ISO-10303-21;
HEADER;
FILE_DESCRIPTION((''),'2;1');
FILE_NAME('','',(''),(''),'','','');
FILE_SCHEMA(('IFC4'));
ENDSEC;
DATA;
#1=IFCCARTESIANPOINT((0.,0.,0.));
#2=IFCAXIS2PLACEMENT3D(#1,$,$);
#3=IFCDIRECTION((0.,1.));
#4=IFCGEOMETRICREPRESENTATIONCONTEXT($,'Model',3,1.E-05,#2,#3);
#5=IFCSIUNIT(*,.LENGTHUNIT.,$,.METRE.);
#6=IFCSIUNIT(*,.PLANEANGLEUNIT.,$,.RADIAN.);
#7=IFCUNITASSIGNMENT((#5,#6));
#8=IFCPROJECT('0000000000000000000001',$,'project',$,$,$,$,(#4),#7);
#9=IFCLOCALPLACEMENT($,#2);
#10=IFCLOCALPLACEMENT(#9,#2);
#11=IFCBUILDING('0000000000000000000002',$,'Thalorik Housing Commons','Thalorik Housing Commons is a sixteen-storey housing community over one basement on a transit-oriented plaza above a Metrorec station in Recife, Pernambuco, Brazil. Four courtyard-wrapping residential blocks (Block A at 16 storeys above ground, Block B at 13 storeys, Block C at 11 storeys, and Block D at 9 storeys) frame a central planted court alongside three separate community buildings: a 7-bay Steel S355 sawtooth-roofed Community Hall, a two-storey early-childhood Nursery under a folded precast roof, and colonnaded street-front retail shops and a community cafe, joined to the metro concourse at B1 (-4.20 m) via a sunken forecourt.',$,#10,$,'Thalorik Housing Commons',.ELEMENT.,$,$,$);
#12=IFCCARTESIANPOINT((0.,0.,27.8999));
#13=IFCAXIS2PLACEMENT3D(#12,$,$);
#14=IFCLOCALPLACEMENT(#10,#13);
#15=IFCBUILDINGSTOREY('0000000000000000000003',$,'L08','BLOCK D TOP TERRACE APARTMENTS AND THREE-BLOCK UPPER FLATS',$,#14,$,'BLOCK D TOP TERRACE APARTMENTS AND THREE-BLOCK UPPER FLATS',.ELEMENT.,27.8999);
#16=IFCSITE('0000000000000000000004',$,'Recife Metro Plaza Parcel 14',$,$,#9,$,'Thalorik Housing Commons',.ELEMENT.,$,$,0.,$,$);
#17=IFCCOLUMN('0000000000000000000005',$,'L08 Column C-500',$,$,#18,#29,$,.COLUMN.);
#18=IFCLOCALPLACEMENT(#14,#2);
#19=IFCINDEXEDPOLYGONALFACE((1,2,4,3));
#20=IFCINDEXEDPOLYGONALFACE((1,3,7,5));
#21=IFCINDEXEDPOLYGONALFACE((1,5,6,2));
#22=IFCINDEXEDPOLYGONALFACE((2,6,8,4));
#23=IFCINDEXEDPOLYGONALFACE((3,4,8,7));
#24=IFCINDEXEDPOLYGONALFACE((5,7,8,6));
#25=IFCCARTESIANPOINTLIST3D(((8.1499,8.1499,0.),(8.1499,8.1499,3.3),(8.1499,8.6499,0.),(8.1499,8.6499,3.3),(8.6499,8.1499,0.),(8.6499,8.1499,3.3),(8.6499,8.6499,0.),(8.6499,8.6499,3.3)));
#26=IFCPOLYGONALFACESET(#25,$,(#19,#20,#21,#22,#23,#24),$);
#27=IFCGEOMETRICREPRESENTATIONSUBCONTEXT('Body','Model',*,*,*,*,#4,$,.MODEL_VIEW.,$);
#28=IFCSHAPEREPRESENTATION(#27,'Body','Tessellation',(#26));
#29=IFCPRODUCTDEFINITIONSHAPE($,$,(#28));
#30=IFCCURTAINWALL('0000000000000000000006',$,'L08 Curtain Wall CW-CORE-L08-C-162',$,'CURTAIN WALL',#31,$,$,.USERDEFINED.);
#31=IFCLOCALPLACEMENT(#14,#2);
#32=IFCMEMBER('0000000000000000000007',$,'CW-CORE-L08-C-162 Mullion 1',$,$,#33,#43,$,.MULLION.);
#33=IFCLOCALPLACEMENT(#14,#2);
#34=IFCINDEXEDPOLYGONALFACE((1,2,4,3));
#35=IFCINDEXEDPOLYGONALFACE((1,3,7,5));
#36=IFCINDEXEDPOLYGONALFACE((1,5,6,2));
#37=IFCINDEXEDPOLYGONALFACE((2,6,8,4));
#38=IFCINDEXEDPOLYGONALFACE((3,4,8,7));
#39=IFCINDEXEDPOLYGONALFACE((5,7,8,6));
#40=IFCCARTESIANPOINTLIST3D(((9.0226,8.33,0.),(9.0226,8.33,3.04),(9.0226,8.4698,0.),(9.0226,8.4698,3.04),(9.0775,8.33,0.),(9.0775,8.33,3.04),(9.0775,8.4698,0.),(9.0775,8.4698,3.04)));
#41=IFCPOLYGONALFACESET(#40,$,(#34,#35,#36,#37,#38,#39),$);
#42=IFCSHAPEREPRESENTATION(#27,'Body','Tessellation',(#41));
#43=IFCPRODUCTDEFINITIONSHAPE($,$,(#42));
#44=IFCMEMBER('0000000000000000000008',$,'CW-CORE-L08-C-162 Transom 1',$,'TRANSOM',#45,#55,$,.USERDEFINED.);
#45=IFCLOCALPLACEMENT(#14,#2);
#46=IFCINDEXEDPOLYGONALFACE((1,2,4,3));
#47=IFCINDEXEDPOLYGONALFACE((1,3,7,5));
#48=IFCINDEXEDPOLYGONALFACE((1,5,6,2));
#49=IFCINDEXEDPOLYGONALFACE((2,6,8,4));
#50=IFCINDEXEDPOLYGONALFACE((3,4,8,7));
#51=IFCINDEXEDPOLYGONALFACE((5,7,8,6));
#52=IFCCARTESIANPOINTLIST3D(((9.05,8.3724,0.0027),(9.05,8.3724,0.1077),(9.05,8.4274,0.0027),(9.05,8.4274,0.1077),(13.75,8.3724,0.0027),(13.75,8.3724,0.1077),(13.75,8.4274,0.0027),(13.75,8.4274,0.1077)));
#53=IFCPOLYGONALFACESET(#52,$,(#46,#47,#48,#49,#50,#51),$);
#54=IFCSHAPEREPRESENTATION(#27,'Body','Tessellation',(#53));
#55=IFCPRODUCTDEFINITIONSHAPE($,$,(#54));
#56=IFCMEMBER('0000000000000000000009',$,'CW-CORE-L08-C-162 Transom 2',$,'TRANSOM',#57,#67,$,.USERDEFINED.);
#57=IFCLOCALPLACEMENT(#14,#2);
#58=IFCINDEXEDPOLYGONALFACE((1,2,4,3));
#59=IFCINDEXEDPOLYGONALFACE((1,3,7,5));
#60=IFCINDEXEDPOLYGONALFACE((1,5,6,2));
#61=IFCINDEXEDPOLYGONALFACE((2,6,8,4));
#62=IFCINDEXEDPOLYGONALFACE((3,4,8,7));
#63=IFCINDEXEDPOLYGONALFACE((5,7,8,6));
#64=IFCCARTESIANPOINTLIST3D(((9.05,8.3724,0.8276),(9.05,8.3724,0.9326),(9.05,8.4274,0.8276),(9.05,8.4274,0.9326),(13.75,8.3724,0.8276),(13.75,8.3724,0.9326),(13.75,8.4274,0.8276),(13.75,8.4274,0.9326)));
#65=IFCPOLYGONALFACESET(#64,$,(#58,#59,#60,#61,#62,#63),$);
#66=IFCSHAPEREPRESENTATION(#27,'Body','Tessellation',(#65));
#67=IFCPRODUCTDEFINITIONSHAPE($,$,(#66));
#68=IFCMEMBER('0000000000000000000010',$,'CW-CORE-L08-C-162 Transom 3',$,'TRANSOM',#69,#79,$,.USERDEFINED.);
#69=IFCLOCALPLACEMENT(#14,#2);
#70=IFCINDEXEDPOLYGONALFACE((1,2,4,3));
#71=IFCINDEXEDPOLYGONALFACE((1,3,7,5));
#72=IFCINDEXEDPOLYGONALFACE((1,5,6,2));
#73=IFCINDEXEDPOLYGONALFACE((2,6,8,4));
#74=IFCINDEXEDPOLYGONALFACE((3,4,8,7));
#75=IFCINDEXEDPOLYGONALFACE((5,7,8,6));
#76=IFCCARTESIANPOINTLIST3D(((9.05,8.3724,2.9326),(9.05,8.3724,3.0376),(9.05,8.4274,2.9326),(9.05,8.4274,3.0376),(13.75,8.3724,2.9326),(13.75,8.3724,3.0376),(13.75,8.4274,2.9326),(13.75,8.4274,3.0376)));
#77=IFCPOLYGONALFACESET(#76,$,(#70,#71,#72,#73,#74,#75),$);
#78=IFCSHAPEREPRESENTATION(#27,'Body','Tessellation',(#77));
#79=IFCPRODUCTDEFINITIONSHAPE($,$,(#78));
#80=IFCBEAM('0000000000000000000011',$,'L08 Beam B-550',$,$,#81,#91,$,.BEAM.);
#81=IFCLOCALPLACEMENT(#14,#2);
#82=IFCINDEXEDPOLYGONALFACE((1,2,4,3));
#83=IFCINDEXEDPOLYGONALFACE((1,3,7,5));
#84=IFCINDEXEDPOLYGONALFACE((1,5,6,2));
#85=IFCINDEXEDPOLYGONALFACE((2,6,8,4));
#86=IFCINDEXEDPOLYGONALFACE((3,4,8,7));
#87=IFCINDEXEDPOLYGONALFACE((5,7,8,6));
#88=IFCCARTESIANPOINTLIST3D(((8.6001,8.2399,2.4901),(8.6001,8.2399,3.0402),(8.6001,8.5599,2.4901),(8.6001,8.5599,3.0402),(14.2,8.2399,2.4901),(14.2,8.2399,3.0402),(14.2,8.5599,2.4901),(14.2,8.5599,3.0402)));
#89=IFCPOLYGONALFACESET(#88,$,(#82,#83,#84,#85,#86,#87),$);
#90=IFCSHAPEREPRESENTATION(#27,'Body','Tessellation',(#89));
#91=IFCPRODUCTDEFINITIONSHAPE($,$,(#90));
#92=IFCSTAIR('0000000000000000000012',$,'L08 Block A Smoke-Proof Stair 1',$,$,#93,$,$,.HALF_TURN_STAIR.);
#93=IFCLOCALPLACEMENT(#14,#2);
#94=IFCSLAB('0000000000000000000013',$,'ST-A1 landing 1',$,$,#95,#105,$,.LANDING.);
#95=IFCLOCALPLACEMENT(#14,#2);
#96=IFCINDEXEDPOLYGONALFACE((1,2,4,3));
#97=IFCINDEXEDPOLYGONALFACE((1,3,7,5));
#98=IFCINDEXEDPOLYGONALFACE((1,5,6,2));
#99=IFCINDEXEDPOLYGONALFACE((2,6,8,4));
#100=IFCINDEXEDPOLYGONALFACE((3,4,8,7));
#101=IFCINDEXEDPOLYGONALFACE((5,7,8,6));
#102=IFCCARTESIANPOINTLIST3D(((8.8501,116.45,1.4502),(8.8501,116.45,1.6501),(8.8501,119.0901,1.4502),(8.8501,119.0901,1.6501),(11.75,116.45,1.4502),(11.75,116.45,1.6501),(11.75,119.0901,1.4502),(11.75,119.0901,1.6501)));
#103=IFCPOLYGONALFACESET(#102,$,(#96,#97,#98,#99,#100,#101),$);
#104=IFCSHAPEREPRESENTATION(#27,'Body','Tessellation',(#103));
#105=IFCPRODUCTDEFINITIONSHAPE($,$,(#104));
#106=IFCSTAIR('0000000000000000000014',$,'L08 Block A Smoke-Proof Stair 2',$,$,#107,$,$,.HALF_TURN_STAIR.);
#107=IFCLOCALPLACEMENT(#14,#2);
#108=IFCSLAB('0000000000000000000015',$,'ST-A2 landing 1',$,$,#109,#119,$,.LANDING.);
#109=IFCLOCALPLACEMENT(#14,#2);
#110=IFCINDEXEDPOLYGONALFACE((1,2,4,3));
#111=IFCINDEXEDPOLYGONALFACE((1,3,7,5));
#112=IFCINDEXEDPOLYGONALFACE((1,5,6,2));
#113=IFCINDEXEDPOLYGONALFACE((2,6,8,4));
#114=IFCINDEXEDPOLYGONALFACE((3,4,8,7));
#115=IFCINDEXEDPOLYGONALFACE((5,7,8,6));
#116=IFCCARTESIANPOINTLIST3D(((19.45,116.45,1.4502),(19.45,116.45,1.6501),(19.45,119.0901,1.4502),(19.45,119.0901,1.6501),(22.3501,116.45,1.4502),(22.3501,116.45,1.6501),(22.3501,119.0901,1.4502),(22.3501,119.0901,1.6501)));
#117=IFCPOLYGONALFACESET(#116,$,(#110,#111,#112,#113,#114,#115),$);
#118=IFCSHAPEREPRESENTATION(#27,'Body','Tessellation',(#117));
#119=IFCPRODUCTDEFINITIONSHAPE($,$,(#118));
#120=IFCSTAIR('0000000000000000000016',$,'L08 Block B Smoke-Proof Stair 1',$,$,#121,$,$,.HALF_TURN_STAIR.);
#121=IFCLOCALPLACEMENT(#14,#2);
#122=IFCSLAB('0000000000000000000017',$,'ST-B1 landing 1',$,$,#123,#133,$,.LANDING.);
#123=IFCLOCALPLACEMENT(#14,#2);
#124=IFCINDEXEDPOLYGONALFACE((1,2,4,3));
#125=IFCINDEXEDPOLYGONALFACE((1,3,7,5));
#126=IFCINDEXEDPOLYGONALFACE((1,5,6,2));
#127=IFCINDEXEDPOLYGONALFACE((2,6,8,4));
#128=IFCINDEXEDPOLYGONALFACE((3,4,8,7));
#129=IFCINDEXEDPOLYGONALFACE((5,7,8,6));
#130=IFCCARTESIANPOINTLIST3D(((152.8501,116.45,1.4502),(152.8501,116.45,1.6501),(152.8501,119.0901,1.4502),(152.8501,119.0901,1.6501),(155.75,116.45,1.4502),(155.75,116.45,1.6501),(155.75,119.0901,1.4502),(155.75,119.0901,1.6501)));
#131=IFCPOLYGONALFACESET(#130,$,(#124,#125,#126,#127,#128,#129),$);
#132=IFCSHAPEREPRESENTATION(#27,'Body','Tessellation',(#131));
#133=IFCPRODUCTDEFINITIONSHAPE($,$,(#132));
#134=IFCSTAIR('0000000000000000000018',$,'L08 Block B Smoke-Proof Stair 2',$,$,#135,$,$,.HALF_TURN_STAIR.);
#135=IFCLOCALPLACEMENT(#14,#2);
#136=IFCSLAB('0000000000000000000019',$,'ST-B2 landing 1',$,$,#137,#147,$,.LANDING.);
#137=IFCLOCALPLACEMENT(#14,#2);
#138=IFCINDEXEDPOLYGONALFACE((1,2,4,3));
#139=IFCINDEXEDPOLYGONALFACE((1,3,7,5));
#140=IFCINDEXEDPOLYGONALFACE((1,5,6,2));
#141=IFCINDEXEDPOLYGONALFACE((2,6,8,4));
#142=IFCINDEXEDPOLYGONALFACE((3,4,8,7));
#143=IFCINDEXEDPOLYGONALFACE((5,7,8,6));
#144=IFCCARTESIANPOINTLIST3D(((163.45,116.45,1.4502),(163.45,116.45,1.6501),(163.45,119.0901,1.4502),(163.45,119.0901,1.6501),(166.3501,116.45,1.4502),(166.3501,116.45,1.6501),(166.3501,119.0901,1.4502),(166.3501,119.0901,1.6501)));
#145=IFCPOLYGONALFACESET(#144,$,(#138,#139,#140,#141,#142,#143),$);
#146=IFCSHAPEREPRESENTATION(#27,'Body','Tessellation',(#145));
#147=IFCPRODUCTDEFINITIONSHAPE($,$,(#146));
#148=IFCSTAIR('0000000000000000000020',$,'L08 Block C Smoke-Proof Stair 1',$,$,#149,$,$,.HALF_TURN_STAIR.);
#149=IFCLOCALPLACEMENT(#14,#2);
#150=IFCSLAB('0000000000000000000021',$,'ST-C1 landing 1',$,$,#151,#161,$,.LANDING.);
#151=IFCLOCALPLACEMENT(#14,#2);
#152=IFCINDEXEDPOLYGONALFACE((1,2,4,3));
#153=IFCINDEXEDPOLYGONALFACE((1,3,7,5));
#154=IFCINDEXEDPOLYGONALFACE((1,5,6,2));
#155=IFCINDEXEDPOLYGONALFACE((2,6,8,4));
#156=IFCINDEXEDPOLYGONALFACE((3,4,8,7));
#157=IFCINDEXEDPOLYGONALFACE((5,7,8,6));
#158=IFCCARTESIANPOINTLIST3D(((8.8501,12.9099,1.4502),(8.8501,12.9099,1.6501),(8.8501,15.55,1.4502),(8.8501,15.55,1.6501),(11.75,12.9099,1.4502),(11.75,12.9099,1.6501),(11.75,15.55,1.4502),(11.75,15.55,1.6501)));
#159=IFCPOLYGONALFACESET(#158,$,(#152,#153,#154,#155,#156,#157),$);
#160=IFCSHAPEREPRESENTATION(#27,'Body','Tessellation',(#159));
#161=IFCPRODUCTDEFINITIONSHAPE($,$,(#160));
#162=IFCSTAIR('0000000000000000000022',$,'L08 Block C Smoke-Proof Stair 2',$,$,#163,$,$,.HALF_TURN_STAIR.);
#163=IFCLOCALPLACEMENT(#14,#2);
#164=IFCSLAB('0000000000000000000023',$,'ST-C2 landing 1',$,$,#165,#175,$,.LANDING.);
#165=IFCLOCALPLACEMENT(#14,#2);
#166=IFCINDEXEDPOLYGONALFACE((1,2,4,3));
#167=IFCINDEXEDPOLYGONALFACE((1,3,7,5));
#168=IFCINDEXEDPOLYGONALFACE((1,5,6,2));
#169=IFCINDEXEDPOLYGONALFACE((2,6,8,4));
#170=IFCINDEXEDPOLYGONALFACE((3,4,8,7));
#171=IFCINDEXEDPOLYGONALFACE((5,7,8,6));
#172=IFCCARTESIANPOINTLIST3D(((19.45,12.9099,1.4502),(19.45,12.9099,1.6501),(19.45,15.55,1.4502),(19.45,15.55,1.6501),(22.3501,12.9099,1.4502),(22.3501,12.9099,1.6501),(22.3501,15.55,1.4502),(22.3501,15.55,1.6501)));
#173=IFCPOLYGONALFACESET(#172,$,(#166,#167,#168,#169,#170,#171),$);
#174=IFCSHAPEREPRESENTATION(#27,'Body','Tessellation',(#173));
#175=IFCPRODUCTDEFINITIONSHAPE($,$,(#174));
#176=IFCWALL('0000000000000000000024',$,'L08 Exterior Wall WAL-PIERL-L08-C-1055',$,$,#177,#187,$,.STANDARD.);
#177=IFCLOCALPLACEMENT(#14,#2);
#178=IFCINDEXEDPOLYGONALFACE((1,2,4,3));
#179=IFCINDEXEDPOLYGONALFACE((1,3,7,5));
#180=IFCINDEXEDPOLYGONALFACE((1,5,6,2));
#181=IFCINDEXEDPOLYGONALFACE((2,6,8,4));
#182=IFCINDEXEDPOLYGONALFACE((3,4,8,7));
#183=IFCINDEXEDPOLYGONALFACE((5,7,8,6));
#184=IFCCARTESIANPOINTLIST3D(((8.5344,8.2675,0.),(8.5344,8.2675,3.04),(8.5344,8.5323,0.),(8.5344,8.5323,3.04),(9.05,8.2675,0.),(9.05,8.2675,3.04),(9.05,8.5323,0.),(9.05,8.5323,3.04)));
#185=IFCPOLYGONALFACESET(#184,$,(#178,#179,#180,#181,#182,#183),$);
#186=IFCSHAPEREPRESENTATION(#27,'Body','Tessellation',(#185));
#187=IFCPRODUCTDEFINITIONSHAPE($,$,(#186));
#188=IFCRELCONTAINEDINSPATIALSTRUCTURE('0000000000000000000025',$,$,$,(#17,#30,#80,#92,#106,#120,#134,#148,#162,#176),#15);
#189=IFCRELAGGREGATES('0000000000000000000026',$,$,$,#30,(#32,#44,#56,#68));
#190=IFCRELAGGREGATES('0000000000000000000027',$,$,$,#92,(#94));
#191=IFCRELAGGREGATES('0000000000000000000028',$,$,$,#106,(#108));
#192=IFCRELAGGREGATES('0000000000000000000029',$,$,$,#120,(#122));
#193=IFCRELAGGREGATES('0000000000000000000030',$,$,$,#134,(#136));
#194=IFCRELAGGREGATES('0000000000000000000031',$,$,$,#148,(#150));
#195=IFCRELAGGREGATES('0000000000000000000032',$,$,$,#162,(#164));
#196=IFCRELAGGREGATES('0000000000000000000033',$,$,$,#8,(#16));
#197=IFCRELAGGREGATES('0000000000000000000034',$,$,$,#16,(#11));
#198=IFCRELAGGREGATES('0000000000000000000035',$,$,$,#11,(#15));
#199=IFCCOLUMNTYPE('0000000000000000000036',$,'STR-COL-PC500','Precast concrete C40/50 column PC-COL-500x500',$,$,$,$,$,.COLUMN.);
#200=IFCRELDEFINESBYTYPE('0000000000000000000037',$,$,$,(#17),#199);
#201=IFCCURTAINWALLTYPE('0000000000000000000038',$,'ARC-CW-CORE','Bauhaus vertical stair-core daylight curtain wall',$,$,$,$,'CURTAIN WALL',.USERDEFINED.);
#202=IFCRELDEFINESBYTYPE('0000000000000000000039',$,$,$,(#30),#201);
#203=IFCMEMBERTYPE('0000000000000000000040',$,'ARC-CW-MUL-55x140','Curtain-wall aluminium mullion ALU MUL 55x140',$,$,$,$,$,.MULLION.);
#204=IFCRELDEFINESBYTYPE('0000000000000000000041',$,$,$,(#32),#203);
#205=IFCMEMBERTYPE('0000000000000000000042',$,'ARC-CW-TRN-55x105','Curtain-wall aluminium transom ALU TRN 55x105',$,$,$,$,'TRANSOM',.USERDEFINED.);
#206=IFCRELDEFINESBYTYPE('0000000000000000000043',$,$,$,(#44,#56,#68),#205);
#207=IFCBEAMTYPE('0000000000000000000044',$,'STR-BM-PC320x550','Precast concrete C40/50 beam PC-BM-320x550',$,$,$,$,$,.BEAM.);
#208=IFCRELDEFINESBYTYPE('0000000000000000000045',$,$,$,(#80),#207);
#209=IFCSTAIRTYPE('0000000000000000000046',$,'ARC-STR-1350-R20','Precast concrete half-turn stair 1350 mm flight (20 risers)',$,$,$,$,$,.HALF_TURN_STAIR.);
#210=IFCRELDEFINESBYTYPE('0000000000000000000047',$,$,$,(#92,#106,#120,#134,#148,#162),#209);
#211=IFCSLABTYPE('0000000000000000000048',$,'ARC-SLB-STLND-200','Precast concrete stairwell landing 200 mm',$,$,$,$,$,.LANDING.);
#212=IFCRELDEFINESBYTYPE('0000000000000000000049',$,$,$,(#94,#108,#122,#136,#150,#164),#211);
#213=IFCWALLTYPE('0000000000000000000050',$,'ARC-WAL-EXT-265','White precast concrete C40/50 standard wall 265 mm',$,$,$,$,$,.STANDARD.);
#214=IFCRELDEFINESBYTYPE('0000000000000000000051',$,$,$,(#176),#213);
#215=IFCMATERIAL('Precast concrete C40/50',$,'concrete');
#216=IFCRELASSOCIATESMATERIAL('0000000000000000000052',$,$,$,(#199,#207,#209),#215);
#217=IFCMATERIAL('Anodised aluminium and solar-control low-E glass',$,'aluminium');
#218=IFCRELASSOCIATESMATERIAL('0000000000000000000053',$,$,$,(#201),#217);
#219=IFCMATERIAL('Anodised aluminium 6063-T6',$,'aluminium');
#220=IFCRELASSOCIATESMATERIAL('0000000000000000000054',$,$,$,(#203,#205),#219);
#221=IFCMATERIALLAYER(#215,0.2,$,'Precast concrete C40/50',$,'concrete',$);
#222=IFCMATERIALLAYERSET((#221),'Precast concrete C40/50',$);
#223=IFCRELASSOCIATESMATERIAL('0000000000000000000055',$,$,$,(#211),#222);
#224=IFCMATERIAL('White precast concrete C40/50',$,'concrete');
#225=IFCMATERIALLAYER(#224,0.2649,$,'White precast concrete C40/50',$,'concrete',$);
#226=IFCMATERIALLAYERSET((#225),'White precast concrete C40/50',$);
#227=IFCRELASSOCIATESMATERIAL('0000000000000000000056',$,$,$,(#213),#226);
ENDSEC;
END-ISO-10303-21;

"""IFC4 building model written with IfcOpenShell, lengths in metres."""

from ifc_helpers import new_model, si_unit, direction, frame, frame_2d, origin, origin_2d, place, context, subcontext, project, spatial, polyline, rectangle, outline, extrude, material, layer, layer_set, material_profile, profile_set, type_object, element, aggregate, save


model = new_model("IFC4")

# Units and contexts
model_context = context("Model", 3, precision=1e-05, world=origin(), true_north=direction((0.0, 1.0)))
body_context = subcontext(model_context, "Body", "Model", "MODEL_VIEW")
ifc_project = project(units=[si_unit("LENGTHUNIT", "METRE"), si_unit("PLANEANGLEUNIT", "RADIAN")], contexts=[model_context])

# Site, building, storey
site_placement = place(None, origin())
site = spatial("IfcSite", under=ifc_project, at=site_placement, Name="Recife Metro Plaza Parcel 14", LongName="Thalorik Housing Commons", CompositionType="ELEMENT", RefElevation=0.0)
building_placement = place(site_placement, origin())
building = spatial("IfcBuilding", under=site, at=building_placement, Name="Thalorik Housing Commons", Description="Thalorik Housing Commons is a sixteen-storey housing community over one basement on a transit-oriented plaza above a Metrorec station in Recife, Pernambuco, Brazil. Four courtyard-wrapping residential blocks (Block A at 16 storeys above ground, Block B at 13 storeys, Block C at 11 storeys, and Block D at 9 storeys) frame a central planted court alongside three separate community buildings: a 7-bay Steel S355 sawtooth-roofed Community Hall, a two-storey early-childhood Nursery under a folded precast roof, and colonnaded street-front retail shops and a community cafe, joined to the metro concourse at B1 (-4.20 m) via a sunken forecourt.", LongName="Thalorik Housing Commons", CompositionType="ELEMENT")
storey_placement = place(building_placement, frame((0.0, 0.0, 27.8999)))
storey = spatial("IfcBuildingStorey", under=building, at=storey_placement, Name="L08", Description="BLOCK D TOP TERRACE APARTMENTS AND THREE-BLOCK UPPER FLATS", LongName="BLOCK D TOP TERRACE APARTMENTS AND THREE-BLOCK UPPER FLATS", CompositionType="ELEMENT", Elevation=27.8999)

# Column
ifc_material_1 = material(Name="Precast concrete C40/50", Category="concrete")
ifc_material_profile_1 = material_profile(ifc_material_1, rectangle(XDim=0.5, YDim=0.5, at=origin_2d()), Name="PC 500x500", Category="concrete")
ifc_profile_set_1 = profile_set([ifc_material_profile_1], Name="Precast concrete C40/50")
column_type = type_object("IfcColumnType", Name="STR-COL-PC500", Description="Precast concrete C40/50 column PC-COL-500x500", PredefinedType="COLUMN", material=ifc_profile_set_1)
column_placement = place(storey_placement, frame((8.3999, 8.3999, 0.0), z_axis=(0.0, 0.0, 1.0), x_axis=(1.0, 0.0, 0.0)))
element("IfcColumn", 1, at=column_placement, inside=storey, type_object=column_type, Name="L08 Column C-500", PredefinedType="COLUMN", context=body_context, shape_type="SweptSolid", body=[
    extrude(rectangle(XDim=0.5, YDim=0.5, at=origin_2d()), origin(), (0.0, 0.0, 1.0), 3.3),
])

# Curtain wall, members
ifc_material_2 = material(Name="Anodised aluminium and solar-control low-E glass", Category="aluminium")
curtain_wall_type = type_object("IfcCurtainWallType", Name="ARC-CW-CORE", Description="Bauhaus vertical stair-core daylight curtain wall", ElementType="CURTAIN WALL", PredefinedType="USERDEFINED", material=ifc_material_2)
curtain_wall_placement = place(storey_placement, origin())
curtain_wall = element("IfcCurtainWall", 2, at=curtain_wall_placement, inside=storey, type_object=curtain_wall_type, Name="L08 Curtain Wall CW-CORE-L08-C-162", ObjectType="CURTAIN WALL", PredefinedType="USERDEFINED")
ifc_material_3 = material(Name="Anodised aluminium 6063-T6", Category="aluminium")
ifc_material_profile_2 = material_profile(ifc_material_3, rectangle(XDim=0.0549, YDim=0.1399, at=origin_2d()), Name="ALU MUL 55x140", Category="aluminium")
ifc_profile_set_2 = profile_set([ifc_material_profile_2], Name="Anodised aluminium 6063-T6")
member_type_1 = type_object("IfcMemberType", Name="ARC-CW-MUL-55x140", Description="Curtain-wall aluminium mullion ALU MUL 55x140", PredefinedType="MULLION", material=ifc_profile_set_2)
member_1_placement = place(storey_placement, frame((9.05, 8.3999, 0.0), z_axis=(0.0, 0.0, 1.0), x_axis=(1.0, 0.0, 0.0)))
member_1 = element("IfcMember", 3, at=member_1_placement, type_object=member_type_1, Name="CW-CORE-L08-C-162 Mullion 1", PredefinedType="MULLION", context=body_context, shape_type="SweptSolid", body=[
    extrude(rectangle(XDim=0.0549, YDim=0.1399, at=origin_2d()), origin(), (0.0, 0.0, 1.0), 3.04),
])
ifc_material_profile_3 = material_profile(ifc_material_3, rectangle(XDim=0.0549, YDim=0.105, at=origin_2d()), Name="ALU TRN 55x105", Category="aluminium")
ifc_profile_set_3 = profile_set([ifc_material_profile_3], Name="Anodised aluminium 6063-T6")
member_type_2 = type_object("IfcMemberType", Name="ARC-CW-TRN-55x105", Description="Curtain-wall aluminium transom ALU TRN 55x105", ElementType="TRANSOM", PredefinedType="USERDEFINED", material=ifc_profile_set_3)
member_2_placement = place(storey_placement, frame((9.05, 8.3999, 0.0552), z_axis=(1.0, 0.0, 0.0), x_axis=(0.0, 1.0, 0.0)))
member_2 = element("IfcMember", 4, at=member_2_placement, type_object=member_type_2, Name="CW-CORE-L08-C-162 Transom 1", ObjectType="TRANSOM", PredefinedType="USERDEFINED", context=body_context, shape_type="SweptSolid", body=[
    extrude(rectangle(XDim=0.0549, YDim=0.105, at=origin_2d()), origin(), (0.0, 0.0, 1.0), 4.7),
])
member_3_placement = place(storey_placement, frame((9.05, 8.3999, 0.8801), z_axis=(1.0, 0.0, 0.0), x_axis=(0.0, 1.0, 0.0)))
member_3 = element("IfcMember", 5, at=member_3_placement, type_object=member_type_2, Name="CW-CORE-L08-C-162 Transom 2", ObjectType="TRANSOM", PredefinedType="USERDEFINED", context=body_context, shape_type="SweptSolid", body=[
    extrude(rectangle(XDim=0.0549, YDim=0.105, at=origin_2d()), origin(), (0.0, 0.0, 1.0), 4.7),
])
member_4_placement = place(storey_placement, frame((9.05, 8.3999, 2.9851), z_axis=(1.0, 0.0, 0.0), x_axis=(0.0, 1.0, 0.0)))
member_4 = element("IfcMember", 6, at=member_4_placement, type_object=member_type_2, Name="CW-CORE-L08-C-162 Transom 3", ObjectType="TRANSOM", PredefinedType="USERDEFINED", context=body_context, shape_type="SweptSolid", body=[
    extrude(rectangle(XDim=0.0549, YDim=0.105, at=origin_2d()), origin(), (0.0, 0.0, 1.0), 4.7),
])
aggregate(curtain_wall, [member_1, member_2, member_3, member_4])

# Beam
ifc_material_profile_4 = material_profile(ifc_material_1, rectangle(XDim=0.3201, YDim=0.55, at=origin_2d()), Name="PC 320x550", Category="concrete")
ifc_profile_set_4 = profile_set([ifc_material_profile_4], Name="Precast concrete C40/50")
beam_type = type_object("IfcBeamType", Name="STR-BM-PC320x550", Description="Precast concrete C40/50 beam PC-BM-320x550", PredefinedType="BEAM", material=ifc_profile_set_4)
beam_placement = place(storey_placement, frame((8.6001, 8.3999, 2.7651), z_axis=(1.0, 0.0, 0.0), x_axis=(0.0, 1.0, 0.0)))
element("IfcBeam", 7, at=beam_placement, inside=storey, type_object=beam_type, Name="L08 Beam B-550", PredefinedType="BEAM", context=body_context, shape_type="SweptSolid", body=[
    extrude(rectangle(XDim=0.3201, YDim=0.55, at=origin_2d()), origin(), (0.0, 0.0, 1.0), 5.5999),
])

# Stairs, slabs
stair_type = type_object("IfcStairType", Name="ARC-STR-1350-R20", Description="Precast concrete half-turn stair 1350 mm flight (20 risers)", PredefinedType="HALF_TURN_STAIR", material=ifc_material_1)
stair_1_placement = place(storey_placement, origin())
stair_1 = element("IfcStair", 8, at=stair_1_placement, inside=storey, type_object=stair_type, Name="L08 Block A Smoke-Proof Stair 1", PredefinedType="HALF_TURN_STAIR")
ifc_layer_1 = layer(ifc_material_1, 0.2, Name="Precast concrete C40/50", Category="concrete")
ifc_layer_set_1 = layer_set([ifc_layer_1], Name="Precast concrete C40/50")
slab_type = type_object("IfcSlabType", Name="ARC-SLB-STLND-200", Description="Precast concrete stairwell landing 200 mm", PredefinedType="LANDING", material=ifc_layer_set_1)
slab_1_placement = place(storey_placement, frame((0.0, 0.0, 1.4502)))
slab_1 = element("IfcSlab", 9, at=slab_1_placement, type_object=slab_type, Name="ST-A1 landing 1", PredefinedType="LANDING", context=body_context, shape_type="SweptSolid", body=[
    extrude(outline(polyline([(8.8501, 119.0901), (8.8501, 116.45), (11.75, 116.45), (11.75, 119.0901), (8.8501, 119.0901)])), origin(), (0.0, 0.0, 1.0), 0.2),
])
aggregate(stair_1, [slab_1])
stair_2_placement = place(storey_placement, origin())
stair_2 = element("IfcStair", 10, at=stair_2_placement, inside=storey, type_object=stair_type, Name="L08 Block A Smoke-Proof Stair 2", PredefinedType="HALF_TURN_STAIR")
slab_2_placement = place(storey_placement, frame((0.0, 0.0, 1.4502)))
slab_2 = element("IfcSlab", 11, at=slab_2_placement, type_object=slab_type, Name="ST-A2 landing 1", PredefinedType="LANDING", context=body_context, shape_type="SweptSolid", body=[
    extrude(outline(polyline([(19.45, 119.0901), (19.45, 116.45), (22.3501, 116.45), (22.3501, 119.0901), (19.45, 119.0901)])), origin(), (0.0, 0.0, 1.0), 0.2),
])
aggregate(stair_2, [slab_2])
stair_3_placement = place(storey_placement, origin())
stair_3 = element("IfcStair", 12, at=stair_3_placement, inside=storey, type_object=stair_type, Name="L08 Block B Smoke-Proof Stair 1", PredefinedType="HALF_TURN_STAIR")
slab_3_placement = place(storey_placement, frame((0.0, 0.0, 1.4502)))
slab_3 = element("IfcSlab", 13, at=slab_3_placement, type_object=slab_type, Name="ST-B1 landing 1", PredefinedType="LANDING", context=body_context, shape_type="SweptSolid", body=[
    extrude(outline(polyline([(152.8501, 119.0901), (152.8501, 116.45), (155.75, 116.45), (155.75, 119.0901), (152.8501, 119.0901)])), origin(), (0.0, 0.0, 1.0), 0.2),
])
aggregate(stair_3, [slab_3])
stair_4_placement = place(storey_placement, origin())
stair_4 = element("IfcStair", 14, at=stair_4_placement, inside=storey, type_object=stair_type, Name="L08 Block B Smoke-Proof Stair 2", PredefinedType="HALF_TURN_STAIR")
slab_4_placement = place(storey_placement, frame((0.0, 0.0, 1.4502)))
slab_4 = element("IfcSlab", 15, at=slab_4_placement, type_object=slab_type, Name="ST-B2 landing 1", PredefinedType="LANDING", context=body_context, shape_type="SweptSolid", body=[
    extrude(outline(polyline([(163.45, 119.0901), (163.45, 116.45), (166.3501, 116.45), (166.3501, 119.0901), (163.45, 119.0901)])), origin(), (0.0, 0.0, 1.0), 0.2),
])
aggregate(stair_4, [slab_4])
stair_5_placement = place(storey_placement, origin())
stair_5 = element("IfcStair", 16, at=stair_5_placement, inside=storey, type_object=stair_type, Name="L08 Block C Smoke-Proof Stair 1", PredefinedType="HALF_TURN_STAIR")
slab_5_placement = place(storey_placement, frame((0.0, 0.0, 1.4502)))
slab_5 = element("IfcSlab", 17, at=slab_5_placement, type_object=slab_type, Name="ST-C1 landing 1", PredefinedType="LANDING", context=body_context, shape_type="SweptSolid", body=[
    extrude(outline(polyline([(11.75, 12.9099), (11.75, 15.55), (8.8501, 15.55), (8.8501, 12.9099), (11.75, 12.9099)])), origin(), (0.0, 0.0, 1.0), 0.2),
])
aggregate(stair_5, [slab_5])
stair_6_placement = place(storey_placement, origin())
stair_6 = element("IfcStair", 18, at=stair_6_placement, inside=storey, type_object=stair_type, Name="L08 Block C Smoke-Proof Stair 2", PredefinedType="HALF_TURN_STAIR")
slab_6_placement = place(storey_placement, frame((0.0, 0.0, 1.4502)))
slab_6 = element("IfcSlab", 19, at=slab_6_placement, type_object=slab_type, Name="ST-C2 landing 1", PredefinedType="LANDING", context=body_context, shape_type="SweptSolid", body=[
    extrude(outline(polyline([(22.3501, 12.9099), (22.3501, 15.55), (19.45, 15.55), (19.45, 12.9099), (22.3501, 12.9099)])), origin(), (0.0, 0.0, 1.0), 0.2),
])
aggregate(stair_6, [slab_6])

# Wall
ifc_material_4 = material(Name="White precast concrete C40/50", Category="concrete")
ifc_layer_2 = layer(ifc_material_4, 0.2649, Name="White precast concrete C40/50", Category="concrete")
ifc_layer_set_2 = layer_set([ifc_layer_2], Name="White precast concrete C40/50")
wall_type = type_object("IfcWallType", Name="ARC-WAL-EXT-265", Description="White precast concrete C40/50 standard wall 265 mm", PredefinedType="STANDARD", material=ifc_layer_set_2)
wall_placement = place(storey_placement, frame((8.5344, 8.3999, 0.0), z_axis=(0.0, 0.0, 1.0), x_axis=(1.0, 0.0, 0.0)))
element("IfcWall", 20, at=wall_placement, inside=storey, type_object=wall_type, Name="L08 Exterior Wall WAL-PIERL-L08-C-1055", PredefinedType="STANDARD", context=body_context, shape_type="SweptSolid", body=[
    extrude(rectangle(XDim=0.5156, YDim=0.2649, at=frame_2d((0.2578, 0.0))), origin(), (0.0, 0.0, 1.0), 3.04),
])

save(model, "model.ifc")
